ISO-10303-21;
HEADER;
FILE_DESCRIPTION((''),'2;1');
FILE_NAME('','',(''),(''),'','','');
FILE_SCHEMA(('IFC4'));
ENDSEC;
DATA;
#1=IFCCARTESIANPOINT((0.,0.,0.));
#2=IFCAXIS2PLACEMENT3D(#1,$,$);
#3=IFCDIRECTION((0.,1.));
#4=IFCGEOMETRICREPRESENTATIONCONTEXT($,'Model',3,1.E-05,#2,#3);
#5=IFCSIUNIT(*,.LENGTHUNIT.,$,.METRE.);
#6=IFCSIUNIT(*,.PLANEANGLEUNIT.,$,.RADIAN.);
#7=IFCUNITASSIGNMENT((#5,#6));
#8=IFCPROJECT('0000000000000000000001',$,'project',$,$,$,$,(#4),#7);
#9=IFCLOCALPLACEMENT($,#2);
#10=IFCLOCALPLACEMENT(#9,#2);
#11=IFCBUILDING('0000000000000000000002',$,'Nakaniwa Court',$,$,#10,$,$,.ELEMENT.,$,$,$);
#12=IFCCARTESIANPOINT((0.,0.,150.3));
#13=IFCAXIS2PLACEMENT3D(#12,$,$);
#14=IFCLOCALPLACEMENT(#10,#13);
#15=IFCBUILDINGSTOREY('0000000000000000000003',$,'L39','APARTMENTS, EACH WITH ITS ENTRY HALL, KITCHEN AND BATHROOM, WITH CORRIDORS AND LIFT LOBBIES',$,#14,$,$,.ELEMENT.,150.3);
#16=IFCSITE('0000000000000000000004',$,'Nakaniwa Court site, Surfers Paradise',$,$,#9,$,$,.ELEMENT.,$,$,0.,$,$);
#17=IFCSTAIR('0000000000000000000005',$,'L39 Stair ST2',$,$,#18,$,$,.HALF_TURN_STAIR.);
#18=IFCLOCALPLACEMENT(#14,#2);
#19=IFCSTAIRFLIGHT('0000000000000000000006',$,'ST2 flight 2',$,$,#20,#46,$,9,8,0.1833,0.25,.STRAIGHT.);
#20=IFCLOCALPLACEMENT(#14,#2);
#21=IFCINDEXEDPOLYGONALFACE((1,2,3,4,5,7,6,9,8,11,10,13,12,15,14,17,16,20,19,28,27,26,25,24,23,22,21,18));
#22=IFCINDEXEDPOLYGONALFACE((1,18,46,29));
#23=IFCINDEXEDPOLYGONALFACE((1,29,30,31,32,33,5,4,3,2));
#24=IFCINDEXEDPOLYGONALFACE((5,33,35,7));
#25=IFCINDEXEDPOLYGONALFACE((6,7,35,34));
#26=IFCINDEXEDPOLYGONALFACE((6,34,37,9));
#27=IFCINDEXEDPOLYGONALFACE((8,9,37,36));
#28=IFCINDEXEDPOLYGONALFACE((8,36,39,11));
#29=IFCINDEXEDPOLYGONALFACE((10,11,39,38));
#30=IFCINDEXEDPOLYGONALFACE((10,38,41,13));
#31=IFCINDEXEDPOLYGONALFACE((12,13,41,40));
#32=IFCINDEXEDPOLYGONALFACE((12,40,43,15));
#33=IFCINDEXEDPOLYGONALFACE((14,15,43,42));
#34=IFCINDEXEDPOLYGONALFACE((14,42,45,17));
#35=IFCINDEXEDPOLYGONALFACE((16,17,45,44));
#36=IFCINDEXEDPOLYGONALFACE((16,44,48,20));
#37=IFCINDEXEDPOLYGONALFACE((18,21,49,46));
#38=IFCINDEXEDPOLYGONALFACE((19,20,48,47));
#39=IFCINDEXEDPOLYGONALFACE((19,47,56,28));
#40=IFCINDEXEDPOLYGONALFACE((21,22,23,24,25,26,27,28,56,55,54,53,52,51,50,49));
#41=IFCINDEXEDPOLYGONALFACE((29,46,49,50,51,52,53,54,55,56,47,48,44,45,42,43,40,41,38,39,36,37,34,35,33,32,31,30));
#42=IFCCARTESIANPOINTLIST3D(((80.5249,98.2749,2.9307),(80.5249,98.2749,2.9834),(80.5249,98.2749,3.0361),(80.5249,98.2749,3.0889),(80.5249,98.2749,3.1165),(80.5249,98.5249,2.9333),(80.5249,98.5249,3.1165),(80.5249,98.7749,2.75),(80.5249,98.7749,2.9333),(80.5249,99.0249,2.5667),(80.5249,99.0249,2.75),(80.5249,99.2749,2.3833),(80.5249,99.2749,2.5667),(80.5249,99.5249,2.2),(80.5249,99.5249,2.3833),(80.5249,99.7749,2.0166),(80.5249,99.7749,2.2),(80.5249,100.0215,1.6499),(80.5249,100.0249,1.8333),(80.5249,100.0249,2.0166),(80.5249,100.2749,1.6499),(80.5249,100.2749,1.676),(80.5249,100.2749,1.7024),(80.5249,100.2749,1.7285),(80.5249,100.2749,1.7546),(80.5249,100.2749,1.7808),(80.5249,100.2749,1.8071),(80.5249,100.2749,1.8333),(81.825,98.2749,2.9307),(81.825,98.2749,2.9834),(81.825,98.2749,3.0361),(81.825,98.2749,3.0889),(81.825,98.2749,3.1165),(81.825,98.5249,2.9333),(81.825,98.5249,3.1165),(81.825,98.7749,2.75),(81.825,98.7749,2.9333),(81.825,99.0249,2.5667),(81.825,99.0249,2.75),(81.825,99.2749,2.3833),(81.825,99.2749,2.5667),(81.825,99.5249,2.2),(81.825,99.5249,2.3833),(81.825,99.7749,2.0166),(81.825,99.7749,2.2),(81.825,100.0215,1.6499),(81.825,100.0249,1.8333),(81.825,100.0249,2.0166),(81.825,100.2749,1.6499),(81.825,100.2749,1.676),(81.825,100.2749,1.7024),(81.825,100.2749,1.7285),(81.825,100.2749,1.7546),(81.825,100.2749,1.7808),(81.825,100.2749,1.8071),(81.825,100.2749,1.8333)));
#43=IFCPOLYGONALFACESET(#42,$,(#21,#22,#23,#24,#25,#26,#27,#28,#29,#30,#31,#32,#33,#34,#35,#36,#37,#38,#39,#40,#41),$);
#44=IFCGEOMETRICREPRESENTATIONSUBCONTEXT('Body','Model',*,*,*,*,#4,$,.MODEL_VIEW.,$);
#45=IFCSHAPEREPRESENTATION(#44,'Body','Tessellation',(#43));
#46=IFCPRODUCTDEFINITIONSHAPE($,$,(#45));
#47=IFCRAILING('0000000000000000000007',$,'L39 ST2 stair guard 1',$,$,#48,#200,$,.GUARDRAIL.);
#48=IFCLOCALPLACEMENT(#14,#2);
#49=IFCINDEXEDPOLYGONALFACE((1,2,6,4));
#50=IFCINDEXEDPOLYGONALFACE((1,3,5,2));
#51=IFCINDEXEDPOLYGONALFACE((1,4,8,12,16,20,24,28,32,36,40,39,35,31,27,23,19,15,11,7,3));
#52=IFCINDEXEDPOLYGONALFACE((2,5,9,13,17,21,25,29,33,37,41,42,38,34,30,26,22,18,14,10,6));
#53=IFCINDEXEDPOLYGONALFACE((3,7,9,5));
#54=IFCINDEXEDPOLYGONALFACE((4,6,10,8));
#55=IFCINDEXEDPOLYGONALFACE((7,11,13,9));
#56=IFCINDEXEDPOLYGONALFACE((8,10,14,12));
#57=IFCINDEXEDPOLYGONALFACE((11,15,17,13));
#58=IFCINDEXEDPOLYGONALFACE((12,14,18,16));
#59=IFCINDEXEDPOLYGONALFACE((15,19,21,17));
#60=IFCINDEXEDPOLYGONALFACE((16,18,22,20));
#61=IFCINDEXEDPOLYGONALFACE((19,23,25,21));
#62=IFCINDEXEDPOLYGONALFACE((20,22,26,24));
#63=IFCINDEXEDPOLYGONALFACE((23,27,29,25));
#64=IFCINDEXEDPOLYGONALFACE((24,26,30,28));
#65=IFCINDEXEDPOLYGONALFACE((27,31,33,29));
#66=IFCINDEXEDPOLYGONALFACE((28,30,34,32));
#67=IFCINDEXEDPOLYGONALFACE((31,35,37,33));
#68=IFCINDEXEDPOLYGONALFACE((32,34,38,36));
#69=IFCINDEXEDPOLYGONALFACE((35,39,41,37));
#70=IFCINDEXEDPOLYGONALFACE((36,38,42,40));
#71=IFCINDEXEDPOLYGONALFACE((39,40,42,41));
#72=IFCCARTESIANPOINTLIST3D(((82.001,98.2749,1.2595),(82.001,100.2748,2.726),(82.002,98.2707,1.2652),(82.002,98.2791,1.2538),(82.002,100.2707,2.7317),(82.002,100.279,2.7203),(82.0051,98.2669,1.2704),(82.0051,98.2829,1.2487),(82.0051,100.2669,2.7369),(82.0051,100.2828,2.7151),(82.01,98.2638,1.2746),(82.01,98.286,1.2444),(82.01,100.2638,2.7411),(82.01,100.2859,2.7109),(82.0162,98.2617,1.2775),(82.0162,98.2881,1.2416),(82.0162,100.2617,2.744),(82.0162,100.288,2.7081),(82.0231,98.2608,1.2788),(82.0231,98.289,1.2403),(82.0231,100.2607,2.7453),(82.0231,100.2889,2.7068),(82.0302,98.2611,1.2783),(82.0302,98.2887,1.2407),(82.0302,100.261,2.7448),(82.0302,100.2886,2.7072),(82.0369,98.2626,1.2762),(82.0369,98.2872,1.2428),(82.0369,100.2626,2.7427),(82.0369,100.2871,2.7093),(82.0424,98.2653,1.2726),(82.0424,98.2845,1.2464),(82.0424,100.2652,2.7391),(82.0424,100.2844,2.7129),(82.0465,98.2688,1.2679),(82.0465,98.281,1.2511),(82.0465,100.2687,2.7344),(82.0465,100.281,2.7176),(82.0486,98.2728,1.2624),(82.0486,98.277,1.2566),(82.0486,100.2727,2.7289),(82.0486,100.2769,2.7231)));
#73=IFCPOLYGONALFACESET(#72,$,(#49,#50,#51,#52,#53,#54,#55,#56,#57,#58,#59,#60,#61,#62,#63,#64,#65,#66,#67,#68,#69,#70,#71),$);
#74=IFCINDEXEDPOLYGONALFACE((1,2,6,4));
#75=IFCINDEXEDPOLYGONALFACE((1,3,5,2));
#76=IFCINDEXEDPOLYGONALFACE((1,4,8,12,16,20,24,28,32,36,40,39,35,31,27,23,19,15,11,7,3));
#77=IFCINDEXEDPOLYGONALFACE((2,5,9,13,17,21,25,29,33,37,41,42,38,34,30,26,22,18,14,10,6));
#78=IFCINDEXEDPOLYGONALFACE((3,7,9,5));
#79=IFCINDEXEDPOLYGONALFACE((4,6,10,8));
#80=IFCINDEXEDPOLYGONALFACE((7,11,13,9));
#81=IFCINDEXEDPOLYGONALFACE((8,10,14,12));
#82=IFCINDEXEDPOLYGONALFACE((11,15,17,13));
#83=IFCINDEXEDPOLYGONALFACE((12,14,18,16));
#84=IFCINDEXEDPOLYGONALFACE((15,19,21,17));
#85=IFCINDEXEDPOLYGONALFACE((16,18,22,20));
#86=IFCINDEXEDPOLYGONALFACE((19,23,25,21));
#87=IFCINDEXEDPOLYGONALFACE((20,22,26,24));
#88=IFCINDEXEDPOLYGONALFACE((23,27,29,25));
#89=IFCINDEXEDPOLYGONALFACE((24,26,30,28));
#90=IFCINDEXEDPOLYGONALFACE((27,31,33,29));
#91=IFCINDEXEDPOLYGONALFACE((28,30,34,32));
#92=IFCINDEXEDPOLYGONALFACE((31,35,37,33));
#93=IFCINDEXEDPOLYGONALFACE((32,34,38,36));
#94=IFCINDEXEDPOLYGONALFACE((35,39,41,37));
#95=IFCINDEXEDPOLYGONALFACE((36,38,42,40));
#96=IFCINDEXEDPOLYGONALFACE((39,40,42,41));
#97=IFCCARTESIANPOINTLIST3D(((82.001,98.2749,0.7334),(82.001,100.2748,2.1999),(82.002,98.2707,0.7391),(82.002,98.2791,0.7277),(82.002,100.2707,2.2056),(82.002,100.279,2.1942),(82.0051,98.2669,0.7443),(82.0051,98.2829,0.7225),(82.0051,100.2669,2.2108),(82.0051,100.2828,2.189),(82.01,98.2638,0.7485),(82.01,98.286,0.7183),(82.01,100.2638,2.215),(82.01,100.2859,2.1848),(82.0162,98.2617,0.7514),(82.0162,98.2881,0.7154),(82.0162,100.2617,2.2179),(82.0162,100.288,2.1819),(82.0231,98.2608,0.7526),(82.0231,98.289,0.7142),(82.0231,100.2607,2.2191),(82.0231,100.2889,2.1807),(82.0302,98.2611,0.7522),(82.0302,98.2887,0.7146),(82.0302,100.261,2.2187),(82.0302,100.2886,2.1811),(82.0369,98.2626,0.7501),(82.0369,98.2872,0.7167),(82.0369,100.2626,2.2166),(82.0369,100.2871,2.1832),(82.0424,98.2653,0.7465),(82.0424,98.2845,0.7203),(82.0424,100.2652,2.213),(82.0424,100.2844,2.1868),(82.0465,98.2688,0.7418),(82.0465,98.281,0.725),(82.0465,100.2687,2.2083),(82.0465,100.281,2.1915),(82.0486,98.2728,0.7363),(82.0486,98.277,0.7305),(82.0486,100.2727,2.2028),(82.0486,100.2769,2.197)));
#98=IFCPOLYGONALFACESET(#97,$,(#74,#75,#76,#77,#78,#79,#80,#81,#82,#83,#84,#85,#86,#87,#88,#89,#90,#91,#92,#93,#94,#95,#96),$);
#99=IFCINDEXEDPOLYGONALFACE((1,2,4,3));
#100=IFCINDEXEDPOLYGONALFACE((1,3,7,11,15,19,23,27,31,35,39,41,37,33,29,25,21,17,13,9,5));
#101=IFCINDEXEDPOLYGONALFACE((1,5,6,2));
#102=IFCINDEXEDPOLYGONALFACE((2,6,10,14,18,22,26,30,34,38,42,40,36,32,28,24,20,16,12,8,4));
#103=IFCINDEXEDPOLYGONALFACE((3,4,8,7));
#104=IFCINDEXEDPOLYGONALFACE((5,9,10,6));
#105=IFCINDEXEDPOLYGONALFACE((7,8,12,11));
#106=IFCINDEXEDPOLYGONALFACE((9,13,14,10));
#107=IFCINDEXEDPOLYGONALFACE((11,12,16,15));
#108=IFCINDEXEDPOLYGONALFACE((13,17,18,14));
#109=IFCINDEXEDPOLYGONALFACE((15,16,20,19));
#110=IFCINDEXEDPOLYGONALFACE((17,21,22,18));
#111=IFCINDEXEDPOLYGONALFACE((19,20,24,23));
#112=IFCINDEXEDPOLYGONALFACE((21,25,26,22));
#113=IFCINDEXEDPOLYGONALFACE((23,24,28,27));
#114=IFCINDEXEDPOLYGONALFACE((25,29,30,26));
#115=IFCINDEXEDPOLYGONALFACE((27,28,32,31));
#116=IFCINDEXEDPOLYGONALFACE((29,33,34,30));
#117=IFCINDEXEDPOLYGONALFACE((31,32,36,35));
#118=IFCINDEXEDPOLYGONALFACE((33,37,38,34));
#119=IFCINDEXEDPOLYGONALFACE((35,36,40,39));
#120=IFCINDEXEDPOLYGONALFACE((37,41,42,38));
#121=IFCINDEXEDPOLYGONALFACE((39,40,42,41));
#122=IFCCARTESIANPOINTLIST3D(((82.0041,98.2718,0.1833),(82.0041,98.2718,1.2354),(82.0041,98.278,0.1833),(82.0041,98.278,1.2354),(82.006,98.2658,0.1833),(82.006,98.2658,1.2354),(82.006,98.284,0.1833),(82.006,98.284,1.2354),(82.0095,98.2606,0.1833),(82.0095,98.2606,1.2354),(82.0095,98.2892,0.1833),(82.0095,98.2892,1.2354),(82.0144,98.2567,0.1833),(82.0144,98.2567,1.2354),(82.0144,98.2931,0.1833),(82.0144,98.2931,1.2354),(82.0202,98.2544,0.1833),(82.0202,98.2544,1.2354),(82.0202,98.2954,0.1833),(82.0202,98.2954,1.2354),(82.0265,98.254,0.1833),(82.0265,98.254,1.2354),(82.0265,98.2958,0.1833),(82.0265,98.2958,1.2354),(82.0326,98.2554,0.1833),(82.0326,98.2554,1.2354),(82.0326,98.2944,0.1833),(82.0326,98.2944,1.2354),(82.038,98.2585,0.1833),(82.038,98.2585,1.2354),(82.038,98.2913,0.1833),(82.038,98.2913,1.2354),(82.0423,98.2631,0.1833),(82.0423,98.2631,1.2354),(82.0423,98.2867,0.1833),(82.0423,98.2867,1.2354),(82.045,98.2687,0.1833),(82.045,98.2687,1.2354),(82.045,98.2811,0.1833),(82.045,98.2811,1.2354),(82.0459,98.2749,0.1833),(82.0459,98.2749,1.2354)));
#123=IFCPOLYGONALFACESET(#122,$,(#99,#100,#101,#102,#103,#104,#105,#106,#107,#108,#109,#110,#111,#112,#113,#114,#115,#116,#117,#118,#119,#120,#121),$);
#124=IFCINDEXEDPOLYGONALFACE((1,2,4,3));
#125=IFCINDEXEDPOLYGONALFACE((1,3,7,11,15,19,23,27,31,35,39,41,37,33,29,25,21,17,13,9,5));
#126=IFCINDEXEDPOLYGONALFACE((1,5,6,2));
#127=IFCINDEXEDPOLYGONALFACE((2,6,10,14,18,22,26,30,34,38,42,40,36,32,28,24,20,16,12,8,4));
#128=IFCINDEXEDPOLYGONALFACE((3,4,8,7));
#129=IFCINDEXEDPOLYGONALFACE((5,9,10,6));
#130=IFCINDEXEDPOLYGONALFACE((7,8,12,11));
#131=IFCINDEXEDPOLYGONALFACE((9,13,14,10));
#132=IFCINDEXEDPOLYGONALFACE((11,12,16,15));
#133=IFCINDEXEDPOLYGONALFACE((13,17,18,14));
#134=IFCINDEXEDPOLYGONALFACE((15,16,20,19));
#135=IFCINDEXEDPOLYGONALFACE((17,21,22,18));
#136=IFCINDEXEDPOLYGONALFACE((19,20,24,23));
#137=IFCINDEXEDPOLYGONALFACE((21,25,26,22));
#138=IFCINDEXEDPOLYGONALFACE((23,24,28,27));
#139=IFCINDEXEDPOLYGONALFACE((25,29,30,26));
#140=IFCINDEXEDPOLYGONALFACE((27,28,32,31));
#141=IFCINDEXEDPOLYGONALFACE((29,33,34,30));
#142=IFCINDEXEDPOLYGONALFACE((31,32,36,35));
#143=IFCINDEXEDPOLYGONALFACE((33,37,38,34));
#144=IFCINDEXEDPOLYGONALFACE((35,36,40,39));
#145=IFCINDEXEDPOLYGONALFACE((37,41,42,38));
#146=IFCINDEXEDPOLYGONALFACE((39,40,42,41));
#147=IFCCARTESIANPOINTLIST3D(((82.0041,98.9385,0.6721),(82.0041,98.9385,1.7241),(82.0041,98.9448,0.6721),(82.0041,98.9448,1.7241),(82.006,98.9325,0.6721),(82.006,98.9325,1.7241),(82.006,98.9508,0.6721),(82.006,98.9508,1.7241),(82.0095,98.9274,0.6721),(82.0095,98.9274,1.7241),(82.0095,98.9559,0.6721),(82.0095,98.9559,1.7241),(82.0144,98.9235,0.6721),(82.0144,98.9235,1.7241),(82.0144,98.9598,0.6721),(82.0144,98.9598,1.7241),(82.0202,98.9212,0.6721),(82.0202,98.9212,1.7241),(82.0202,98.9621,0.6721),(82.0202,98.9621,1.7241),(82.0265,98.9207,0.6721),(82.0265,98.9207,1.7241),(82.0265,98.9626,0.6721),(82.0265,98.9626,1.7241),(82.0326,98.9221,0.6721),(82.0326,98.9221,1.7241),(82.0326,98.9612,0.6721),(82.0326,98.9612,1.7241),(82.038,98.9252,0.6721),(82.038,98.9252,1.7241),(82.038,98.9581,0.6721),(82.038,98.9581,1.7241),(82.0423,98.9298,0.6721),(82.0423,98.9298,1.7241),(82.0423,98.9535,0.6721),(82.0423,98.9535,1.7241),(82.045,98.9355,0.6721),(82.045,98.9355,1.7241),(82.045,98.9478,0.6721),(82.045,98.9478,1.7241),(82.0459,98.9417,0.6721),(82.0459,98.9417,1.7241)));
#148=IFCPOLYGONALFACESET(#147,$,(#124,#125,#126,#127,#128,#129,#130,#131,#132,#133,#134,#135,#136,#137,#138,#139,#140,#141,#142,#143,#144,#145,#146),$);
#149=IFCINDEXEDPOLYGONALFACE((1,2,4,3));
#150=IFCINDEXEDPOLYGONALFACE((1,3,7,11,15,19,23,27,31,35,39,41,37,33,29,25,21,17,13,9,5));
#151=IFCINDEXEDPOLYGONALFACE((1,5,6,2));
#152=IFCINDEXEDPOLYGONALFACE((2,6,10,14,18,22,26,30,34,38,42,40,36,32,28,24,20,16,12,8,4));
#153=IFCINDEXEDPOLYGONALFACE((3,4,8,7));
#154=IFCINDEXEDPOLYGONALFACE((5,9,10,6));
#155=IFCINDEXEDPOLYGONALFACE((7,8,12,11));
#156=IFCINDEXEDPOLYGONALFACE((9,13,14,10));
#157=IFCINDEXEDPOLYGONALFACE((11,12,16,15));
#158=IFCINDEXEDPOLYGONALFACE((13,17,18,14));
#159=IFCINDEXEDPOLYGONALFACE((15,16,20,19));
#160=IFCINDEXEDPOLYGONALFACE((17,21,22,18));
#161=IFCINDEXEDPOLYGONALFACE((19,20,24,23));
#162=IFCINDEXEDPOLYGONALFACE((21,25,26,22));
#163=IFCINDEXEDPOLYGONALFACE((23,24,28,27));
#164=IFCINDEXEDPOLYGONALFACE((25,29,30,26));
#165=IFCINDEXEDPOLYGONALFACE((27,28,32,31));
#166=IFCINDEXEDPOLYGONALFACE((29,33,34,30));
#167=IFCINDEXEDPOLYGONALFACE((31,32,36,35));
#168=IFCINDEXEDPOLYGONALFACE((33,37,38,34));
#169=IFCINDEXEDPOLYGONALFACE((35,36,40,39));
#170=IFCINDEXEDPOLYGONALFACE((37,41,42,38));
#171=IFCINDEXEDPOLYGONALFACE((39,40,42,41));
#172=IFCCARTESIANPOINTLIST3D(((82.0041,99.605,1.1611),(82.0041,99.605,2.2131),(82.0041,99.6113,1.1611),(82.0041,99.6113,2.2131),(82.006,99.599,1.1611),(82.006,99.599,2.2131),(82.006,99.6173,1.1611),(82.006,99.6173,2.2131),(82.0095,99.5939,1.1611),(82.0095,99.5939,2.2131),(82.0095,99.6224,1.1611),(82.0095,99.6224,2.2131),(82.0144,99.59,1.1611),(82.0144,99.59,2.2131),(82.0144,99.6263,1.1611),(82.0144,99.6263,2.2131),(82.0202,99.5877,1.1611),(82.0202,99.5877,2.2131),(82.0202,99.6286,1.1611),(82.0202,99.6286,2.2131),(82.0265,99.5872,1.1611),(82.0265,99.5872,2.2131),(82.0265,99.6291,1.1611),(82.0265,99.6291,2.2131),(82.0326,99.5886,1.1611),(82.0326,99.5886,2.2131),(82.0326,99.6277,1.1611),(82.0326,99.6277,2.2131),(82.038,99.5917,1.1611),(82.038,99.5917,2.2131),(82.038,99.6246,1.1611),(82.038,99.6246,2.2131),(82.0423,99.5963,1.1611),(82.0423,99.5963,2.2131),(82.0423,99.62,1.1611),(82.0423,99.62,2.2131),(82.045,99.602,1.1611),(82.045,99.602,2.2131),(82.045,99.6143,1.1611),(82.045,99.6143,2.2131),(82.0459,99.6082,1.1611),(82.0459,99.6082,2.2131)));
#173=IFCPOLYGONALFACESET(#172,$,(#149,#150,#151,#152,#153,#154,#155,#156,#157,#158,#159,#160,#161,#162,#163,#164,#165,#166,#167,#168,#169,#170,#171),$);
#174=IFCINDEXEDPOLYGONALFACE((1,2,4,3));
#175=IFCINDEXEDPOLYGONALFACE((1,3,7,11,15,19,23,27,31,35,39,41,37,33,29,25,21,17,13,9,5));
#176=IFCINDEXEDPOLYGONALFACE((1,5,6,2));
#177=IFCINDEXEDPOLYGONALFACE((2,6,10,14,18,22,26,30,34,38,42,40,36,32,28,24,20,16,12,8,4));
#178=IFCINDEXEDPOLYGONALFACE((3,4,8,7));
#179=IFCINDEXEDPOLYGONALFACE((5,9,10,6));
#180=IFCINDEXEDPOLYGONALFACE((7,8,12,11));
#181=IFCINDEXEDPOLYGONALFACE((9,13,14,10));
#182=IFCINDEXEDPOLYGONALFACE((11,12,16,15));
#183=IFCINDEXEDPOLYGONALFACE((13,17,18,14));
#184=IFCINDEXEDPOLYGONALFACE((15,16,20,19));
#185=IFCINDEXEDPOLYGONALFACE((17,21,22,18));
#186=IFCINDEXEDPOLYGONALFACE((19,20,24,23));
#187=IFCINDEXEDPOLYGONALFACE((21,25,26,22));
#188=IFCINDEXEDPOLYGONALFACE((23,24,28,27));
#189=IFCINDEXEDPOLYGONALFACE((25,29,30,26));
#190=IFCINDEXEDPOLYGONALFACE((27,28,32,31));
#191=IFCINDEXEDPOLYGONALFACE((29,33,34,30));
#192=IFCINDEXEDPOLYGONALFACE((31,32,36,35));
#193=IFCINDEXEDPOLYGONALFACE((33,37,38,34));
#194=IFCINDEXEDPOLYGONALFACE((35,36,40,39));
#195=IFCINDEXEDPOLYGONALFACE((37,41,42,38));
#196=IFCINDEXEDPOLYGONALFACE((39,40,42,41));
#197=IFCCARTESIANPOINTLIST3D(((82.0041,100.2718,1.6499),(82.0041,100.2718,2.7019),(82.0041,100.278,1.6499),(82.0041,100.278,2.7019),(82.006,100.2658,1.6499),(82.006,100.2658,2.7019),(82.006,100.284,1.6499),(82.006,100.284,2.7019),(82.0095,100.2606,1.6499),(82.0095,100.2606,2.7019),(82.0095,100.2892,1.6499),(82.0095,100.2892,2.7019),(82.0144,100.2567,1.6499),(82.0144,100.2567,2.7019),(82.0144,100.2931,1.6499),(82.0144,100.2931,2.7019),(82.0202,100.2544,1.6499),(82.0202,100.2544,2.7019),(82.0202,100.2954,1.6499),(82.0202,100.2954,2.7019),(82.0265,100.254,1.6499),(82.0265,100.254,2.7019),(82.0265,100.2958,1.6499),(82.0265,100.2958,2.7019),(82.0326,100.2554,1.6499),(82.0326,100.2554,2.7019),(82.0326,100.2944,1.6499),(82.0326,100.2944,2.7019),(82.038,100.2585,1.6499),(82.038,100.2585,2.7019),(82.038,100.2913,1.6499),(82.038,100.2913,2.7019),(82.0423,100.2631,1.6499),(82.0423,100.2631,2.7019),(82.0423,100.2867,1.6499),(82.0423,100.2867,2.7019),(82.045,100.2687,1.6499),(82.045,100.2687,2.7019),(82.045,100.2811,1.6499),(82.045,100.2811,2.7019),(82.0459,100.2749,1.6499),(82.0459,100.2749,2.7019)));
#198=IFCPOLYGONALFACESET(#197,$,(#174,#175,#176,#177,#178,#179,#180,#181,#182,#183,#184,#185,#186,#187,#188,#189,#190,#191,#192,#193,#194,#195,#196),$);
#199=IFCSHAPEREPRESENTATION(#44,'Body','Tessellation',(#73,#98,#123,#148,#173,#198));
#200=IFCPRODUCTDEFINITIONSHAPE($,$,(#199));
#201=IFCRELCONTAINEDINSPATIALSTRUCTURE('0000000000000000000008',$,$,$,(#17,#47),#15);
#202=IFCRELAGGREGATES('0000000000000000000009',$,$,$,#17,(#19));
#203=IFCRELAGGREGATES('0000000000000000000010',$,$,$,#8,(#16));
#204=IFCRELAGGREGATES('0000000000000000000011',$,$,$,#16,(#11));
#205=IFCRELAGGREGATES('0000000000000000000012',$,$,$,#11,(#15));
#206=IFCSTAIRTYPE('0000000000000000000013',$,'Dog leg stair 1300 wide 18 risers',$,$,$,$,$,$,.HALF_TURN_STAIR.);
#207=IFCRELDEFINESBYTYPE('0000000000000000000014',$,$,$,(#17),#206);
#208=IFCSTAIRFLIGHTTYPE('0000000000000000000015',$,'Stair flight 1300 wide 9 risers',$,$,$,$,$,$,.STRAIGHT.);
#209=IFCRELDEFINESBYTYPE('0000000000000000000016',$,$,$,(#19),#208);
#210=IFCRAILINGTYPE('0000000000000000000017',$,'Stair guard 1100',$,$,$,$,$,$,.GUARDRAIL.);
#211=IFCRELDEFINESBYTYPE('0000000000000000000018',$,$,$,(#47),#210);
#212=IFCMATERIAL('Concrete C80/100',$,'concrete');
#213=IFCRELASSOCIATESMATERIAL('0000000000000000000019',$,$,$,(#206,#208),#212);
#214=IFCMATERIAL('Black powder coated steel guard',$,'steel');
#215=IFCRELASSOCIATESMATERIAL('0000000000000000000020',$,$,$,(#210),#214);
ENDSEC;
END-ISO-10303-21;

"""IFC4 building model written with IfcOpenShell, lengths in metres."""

from ifc_helpers import new_model, si_unit, direction, frame, origin, origin_2d, place, context, subcontext, project, spatial, polyline, circle, outline, extrude, material, type_object, element, aggregate, save


model = new_model("IFC4")

# Units and contexts
model_context = context("Model", 3, precision=1e-05, world=origin(), true_north=direction((0.0, 1.0)))
body_context = subcontext(model_context, "Body", "Model", "MODEL_VIEW")
ifc_project = project(units=[si_unit("LENGTHUNIT", "METRE"), si_unit("PLANEANGLEUNIT", "RADIAN")], contexts=[model_context])

# Site, building, storey
site_placement = place(None, origin())
site = spatial("IfcSite", under=ifc_project, at=site_placement, Name="Nakaniwa Court site, Surfers Paradise", CompositionType="ELEMENT", RefElevation=0.0)
building_placement = place(site_placement, origin())
building = spatial("IfcBuilding", under=site, at=building_placement, Name="Nakaniwa Court", CompositionType="ELEMENT")
storey_placement = place(building_placement, frame((0.0, 0.0, 150.3)))
storey = spatial("IfcBuildingStorey", under=building, at=storey_placement, Name="L39", Description="APARTMENTS, EACH WITH ITS ENTRY HALL, KITCHEN AND BATHROOM, WITH CORRIDORS AND LIFT LOBBIES", CompositionType="ELEMENT", Elevation=150.3)

# Shared definitions
ifc_material_1 = material(Name="Concrete C80/100", Category="concrete")

# Stair, stair flight
stair_type = type_object("IfcStairType", Name="Dog leg stair 1300 wide 18 risers", PredefinedType="HALF_TURN_STAIR", material=ifc_material_1)
stair_placement = place(storey_placement, origin())
stair = element("IfcStair", 1, at=stair_placement, inside=storey, type_object=stair_type, Name="L39 Stair ST2", PredefinedType="HALF_TURN_STAIR")
stair_flight_type = type_object("IfcStairFlightType", Name="Stair flight 1300 wide 9 risers", PredefinedType="STRAIGHT", material=ifc_material_1)
stair_flight_1_placement = place(storey_placement, frame((81.175, 100.2749, 1.6499), z_axis=(0.0, 0.0, 1.0), x_axis=(0.0, -1.0, 0.0)))
stair_flight_1 = element("IfcStairFlight", 2, at=stair_flight_1_placement, type_object=stair_flight_type, Name="ST2 flight 2", NumberOfRisers=9, NumberOfTreads=8, PredefinedType="STRAIGHT", RiserHeight=0.1833, TreadLength=0.25, context=body_context, shape_type="SweptSolid", body=[
    extrude(outline(polyline([(0.0, 0.0), (0.0, 0.0261), (0.0, 0.0525), (0.0, 0.0786), (0.0, 0.1047), (0.0, 0.1309), (0.0, 0.1572), (0.0, 0.1833), (0.25, 0.1833), (0.25, 0.3667), (0.5, 0.3667), (0.5, 0.55), (0.75, 0.55), (0.75, 0.7334), (1.0, 0.7334), (1.0, 0.9167), (1.25, 0.9167), (1.25, 1.1001), (1.5, 1.1001), (1.5, 1.2834), (1.75, 1.2834), (1.75, 1.4666), (2.0, 1.4666), (2.0, 1.6499), (2.0, 1.5972), (2.0, 1.5444), (2.0, 1.4917), (2.0, 1.439), (2.0, 1.3862), (2.0, 1.3335), (2.0, 1.2808), (0.2534, 0.0), (0.0, 0.0)])), frame((0.0, 0.6499, 0.0), z_axis=(0.0, -1.0, 0.0), x_axis=(1.0, 0.0, 0.0)), (0.0, 0.0, 1.0), 1.3),
])
aggregate(stair, [stair_flight_1])

# Railing
ifc_material_2 = material(Name="Black powder coated steel guard", Category="steel")
railing_type_1 = type_object("IfcRailingType", Name="Stair guard 1100", PredefinedType="GUARDRAIL", material=ifc_material_2)
railing_1_placement = place(storey_placement, frame((82.0249, 98.2749, 0.1833)))
element("IfcRailing", 3, at=railing_1_placement, inside=storey, type_object=railing_type_1, Name="L39 ST2 stair guard 1", PredefinedType="GUARDRAIL", context=body_context, shape_type="SweptSolid", body=[
    extrude(circle(Radius=0.0239, at=origin_2d()), frame((0.0, 0.0, 1.0762), z_axis=(0.0, 0.806427, 0.591334), x_axis=(-1.0, 0.0, 0.0)), (0.0, 0.0, 1.0), 2.48),
    extrude(circle(Radius=0.0239, at=origin_2d()), frame((0.0, 0.0, 0.55), z_axis=(0.0, 0.806427, 0.591334), x_axis=(-1.0, 0.0, 0.0)), (0.0, 0.0, 1.0), 2.48),
    extrude(circle(Radius=0.021, at=origin_2d()), origin(), (0.0, 0.0, 1.0), 1.052),
    extrude(circle(Radius=0.021, at=origin_2d()), frame((0.0, 0.6667, 0.4888)), (0.0, 0.0, 1.0), 1.052),
    extrude(circle(Radius=0.021, at=origin_2d()), frame((0.0, 1.3333, 0.9778)), (0.0, 0.0, 1.0), 1.052),
    extrude(circle(Radius=0.021, at=origin_2d()), frame((0.0, 2.0, 1.4666)), (0.0, 0.0, 1.0), 1.052),
])

save(model, "model.ifc")
